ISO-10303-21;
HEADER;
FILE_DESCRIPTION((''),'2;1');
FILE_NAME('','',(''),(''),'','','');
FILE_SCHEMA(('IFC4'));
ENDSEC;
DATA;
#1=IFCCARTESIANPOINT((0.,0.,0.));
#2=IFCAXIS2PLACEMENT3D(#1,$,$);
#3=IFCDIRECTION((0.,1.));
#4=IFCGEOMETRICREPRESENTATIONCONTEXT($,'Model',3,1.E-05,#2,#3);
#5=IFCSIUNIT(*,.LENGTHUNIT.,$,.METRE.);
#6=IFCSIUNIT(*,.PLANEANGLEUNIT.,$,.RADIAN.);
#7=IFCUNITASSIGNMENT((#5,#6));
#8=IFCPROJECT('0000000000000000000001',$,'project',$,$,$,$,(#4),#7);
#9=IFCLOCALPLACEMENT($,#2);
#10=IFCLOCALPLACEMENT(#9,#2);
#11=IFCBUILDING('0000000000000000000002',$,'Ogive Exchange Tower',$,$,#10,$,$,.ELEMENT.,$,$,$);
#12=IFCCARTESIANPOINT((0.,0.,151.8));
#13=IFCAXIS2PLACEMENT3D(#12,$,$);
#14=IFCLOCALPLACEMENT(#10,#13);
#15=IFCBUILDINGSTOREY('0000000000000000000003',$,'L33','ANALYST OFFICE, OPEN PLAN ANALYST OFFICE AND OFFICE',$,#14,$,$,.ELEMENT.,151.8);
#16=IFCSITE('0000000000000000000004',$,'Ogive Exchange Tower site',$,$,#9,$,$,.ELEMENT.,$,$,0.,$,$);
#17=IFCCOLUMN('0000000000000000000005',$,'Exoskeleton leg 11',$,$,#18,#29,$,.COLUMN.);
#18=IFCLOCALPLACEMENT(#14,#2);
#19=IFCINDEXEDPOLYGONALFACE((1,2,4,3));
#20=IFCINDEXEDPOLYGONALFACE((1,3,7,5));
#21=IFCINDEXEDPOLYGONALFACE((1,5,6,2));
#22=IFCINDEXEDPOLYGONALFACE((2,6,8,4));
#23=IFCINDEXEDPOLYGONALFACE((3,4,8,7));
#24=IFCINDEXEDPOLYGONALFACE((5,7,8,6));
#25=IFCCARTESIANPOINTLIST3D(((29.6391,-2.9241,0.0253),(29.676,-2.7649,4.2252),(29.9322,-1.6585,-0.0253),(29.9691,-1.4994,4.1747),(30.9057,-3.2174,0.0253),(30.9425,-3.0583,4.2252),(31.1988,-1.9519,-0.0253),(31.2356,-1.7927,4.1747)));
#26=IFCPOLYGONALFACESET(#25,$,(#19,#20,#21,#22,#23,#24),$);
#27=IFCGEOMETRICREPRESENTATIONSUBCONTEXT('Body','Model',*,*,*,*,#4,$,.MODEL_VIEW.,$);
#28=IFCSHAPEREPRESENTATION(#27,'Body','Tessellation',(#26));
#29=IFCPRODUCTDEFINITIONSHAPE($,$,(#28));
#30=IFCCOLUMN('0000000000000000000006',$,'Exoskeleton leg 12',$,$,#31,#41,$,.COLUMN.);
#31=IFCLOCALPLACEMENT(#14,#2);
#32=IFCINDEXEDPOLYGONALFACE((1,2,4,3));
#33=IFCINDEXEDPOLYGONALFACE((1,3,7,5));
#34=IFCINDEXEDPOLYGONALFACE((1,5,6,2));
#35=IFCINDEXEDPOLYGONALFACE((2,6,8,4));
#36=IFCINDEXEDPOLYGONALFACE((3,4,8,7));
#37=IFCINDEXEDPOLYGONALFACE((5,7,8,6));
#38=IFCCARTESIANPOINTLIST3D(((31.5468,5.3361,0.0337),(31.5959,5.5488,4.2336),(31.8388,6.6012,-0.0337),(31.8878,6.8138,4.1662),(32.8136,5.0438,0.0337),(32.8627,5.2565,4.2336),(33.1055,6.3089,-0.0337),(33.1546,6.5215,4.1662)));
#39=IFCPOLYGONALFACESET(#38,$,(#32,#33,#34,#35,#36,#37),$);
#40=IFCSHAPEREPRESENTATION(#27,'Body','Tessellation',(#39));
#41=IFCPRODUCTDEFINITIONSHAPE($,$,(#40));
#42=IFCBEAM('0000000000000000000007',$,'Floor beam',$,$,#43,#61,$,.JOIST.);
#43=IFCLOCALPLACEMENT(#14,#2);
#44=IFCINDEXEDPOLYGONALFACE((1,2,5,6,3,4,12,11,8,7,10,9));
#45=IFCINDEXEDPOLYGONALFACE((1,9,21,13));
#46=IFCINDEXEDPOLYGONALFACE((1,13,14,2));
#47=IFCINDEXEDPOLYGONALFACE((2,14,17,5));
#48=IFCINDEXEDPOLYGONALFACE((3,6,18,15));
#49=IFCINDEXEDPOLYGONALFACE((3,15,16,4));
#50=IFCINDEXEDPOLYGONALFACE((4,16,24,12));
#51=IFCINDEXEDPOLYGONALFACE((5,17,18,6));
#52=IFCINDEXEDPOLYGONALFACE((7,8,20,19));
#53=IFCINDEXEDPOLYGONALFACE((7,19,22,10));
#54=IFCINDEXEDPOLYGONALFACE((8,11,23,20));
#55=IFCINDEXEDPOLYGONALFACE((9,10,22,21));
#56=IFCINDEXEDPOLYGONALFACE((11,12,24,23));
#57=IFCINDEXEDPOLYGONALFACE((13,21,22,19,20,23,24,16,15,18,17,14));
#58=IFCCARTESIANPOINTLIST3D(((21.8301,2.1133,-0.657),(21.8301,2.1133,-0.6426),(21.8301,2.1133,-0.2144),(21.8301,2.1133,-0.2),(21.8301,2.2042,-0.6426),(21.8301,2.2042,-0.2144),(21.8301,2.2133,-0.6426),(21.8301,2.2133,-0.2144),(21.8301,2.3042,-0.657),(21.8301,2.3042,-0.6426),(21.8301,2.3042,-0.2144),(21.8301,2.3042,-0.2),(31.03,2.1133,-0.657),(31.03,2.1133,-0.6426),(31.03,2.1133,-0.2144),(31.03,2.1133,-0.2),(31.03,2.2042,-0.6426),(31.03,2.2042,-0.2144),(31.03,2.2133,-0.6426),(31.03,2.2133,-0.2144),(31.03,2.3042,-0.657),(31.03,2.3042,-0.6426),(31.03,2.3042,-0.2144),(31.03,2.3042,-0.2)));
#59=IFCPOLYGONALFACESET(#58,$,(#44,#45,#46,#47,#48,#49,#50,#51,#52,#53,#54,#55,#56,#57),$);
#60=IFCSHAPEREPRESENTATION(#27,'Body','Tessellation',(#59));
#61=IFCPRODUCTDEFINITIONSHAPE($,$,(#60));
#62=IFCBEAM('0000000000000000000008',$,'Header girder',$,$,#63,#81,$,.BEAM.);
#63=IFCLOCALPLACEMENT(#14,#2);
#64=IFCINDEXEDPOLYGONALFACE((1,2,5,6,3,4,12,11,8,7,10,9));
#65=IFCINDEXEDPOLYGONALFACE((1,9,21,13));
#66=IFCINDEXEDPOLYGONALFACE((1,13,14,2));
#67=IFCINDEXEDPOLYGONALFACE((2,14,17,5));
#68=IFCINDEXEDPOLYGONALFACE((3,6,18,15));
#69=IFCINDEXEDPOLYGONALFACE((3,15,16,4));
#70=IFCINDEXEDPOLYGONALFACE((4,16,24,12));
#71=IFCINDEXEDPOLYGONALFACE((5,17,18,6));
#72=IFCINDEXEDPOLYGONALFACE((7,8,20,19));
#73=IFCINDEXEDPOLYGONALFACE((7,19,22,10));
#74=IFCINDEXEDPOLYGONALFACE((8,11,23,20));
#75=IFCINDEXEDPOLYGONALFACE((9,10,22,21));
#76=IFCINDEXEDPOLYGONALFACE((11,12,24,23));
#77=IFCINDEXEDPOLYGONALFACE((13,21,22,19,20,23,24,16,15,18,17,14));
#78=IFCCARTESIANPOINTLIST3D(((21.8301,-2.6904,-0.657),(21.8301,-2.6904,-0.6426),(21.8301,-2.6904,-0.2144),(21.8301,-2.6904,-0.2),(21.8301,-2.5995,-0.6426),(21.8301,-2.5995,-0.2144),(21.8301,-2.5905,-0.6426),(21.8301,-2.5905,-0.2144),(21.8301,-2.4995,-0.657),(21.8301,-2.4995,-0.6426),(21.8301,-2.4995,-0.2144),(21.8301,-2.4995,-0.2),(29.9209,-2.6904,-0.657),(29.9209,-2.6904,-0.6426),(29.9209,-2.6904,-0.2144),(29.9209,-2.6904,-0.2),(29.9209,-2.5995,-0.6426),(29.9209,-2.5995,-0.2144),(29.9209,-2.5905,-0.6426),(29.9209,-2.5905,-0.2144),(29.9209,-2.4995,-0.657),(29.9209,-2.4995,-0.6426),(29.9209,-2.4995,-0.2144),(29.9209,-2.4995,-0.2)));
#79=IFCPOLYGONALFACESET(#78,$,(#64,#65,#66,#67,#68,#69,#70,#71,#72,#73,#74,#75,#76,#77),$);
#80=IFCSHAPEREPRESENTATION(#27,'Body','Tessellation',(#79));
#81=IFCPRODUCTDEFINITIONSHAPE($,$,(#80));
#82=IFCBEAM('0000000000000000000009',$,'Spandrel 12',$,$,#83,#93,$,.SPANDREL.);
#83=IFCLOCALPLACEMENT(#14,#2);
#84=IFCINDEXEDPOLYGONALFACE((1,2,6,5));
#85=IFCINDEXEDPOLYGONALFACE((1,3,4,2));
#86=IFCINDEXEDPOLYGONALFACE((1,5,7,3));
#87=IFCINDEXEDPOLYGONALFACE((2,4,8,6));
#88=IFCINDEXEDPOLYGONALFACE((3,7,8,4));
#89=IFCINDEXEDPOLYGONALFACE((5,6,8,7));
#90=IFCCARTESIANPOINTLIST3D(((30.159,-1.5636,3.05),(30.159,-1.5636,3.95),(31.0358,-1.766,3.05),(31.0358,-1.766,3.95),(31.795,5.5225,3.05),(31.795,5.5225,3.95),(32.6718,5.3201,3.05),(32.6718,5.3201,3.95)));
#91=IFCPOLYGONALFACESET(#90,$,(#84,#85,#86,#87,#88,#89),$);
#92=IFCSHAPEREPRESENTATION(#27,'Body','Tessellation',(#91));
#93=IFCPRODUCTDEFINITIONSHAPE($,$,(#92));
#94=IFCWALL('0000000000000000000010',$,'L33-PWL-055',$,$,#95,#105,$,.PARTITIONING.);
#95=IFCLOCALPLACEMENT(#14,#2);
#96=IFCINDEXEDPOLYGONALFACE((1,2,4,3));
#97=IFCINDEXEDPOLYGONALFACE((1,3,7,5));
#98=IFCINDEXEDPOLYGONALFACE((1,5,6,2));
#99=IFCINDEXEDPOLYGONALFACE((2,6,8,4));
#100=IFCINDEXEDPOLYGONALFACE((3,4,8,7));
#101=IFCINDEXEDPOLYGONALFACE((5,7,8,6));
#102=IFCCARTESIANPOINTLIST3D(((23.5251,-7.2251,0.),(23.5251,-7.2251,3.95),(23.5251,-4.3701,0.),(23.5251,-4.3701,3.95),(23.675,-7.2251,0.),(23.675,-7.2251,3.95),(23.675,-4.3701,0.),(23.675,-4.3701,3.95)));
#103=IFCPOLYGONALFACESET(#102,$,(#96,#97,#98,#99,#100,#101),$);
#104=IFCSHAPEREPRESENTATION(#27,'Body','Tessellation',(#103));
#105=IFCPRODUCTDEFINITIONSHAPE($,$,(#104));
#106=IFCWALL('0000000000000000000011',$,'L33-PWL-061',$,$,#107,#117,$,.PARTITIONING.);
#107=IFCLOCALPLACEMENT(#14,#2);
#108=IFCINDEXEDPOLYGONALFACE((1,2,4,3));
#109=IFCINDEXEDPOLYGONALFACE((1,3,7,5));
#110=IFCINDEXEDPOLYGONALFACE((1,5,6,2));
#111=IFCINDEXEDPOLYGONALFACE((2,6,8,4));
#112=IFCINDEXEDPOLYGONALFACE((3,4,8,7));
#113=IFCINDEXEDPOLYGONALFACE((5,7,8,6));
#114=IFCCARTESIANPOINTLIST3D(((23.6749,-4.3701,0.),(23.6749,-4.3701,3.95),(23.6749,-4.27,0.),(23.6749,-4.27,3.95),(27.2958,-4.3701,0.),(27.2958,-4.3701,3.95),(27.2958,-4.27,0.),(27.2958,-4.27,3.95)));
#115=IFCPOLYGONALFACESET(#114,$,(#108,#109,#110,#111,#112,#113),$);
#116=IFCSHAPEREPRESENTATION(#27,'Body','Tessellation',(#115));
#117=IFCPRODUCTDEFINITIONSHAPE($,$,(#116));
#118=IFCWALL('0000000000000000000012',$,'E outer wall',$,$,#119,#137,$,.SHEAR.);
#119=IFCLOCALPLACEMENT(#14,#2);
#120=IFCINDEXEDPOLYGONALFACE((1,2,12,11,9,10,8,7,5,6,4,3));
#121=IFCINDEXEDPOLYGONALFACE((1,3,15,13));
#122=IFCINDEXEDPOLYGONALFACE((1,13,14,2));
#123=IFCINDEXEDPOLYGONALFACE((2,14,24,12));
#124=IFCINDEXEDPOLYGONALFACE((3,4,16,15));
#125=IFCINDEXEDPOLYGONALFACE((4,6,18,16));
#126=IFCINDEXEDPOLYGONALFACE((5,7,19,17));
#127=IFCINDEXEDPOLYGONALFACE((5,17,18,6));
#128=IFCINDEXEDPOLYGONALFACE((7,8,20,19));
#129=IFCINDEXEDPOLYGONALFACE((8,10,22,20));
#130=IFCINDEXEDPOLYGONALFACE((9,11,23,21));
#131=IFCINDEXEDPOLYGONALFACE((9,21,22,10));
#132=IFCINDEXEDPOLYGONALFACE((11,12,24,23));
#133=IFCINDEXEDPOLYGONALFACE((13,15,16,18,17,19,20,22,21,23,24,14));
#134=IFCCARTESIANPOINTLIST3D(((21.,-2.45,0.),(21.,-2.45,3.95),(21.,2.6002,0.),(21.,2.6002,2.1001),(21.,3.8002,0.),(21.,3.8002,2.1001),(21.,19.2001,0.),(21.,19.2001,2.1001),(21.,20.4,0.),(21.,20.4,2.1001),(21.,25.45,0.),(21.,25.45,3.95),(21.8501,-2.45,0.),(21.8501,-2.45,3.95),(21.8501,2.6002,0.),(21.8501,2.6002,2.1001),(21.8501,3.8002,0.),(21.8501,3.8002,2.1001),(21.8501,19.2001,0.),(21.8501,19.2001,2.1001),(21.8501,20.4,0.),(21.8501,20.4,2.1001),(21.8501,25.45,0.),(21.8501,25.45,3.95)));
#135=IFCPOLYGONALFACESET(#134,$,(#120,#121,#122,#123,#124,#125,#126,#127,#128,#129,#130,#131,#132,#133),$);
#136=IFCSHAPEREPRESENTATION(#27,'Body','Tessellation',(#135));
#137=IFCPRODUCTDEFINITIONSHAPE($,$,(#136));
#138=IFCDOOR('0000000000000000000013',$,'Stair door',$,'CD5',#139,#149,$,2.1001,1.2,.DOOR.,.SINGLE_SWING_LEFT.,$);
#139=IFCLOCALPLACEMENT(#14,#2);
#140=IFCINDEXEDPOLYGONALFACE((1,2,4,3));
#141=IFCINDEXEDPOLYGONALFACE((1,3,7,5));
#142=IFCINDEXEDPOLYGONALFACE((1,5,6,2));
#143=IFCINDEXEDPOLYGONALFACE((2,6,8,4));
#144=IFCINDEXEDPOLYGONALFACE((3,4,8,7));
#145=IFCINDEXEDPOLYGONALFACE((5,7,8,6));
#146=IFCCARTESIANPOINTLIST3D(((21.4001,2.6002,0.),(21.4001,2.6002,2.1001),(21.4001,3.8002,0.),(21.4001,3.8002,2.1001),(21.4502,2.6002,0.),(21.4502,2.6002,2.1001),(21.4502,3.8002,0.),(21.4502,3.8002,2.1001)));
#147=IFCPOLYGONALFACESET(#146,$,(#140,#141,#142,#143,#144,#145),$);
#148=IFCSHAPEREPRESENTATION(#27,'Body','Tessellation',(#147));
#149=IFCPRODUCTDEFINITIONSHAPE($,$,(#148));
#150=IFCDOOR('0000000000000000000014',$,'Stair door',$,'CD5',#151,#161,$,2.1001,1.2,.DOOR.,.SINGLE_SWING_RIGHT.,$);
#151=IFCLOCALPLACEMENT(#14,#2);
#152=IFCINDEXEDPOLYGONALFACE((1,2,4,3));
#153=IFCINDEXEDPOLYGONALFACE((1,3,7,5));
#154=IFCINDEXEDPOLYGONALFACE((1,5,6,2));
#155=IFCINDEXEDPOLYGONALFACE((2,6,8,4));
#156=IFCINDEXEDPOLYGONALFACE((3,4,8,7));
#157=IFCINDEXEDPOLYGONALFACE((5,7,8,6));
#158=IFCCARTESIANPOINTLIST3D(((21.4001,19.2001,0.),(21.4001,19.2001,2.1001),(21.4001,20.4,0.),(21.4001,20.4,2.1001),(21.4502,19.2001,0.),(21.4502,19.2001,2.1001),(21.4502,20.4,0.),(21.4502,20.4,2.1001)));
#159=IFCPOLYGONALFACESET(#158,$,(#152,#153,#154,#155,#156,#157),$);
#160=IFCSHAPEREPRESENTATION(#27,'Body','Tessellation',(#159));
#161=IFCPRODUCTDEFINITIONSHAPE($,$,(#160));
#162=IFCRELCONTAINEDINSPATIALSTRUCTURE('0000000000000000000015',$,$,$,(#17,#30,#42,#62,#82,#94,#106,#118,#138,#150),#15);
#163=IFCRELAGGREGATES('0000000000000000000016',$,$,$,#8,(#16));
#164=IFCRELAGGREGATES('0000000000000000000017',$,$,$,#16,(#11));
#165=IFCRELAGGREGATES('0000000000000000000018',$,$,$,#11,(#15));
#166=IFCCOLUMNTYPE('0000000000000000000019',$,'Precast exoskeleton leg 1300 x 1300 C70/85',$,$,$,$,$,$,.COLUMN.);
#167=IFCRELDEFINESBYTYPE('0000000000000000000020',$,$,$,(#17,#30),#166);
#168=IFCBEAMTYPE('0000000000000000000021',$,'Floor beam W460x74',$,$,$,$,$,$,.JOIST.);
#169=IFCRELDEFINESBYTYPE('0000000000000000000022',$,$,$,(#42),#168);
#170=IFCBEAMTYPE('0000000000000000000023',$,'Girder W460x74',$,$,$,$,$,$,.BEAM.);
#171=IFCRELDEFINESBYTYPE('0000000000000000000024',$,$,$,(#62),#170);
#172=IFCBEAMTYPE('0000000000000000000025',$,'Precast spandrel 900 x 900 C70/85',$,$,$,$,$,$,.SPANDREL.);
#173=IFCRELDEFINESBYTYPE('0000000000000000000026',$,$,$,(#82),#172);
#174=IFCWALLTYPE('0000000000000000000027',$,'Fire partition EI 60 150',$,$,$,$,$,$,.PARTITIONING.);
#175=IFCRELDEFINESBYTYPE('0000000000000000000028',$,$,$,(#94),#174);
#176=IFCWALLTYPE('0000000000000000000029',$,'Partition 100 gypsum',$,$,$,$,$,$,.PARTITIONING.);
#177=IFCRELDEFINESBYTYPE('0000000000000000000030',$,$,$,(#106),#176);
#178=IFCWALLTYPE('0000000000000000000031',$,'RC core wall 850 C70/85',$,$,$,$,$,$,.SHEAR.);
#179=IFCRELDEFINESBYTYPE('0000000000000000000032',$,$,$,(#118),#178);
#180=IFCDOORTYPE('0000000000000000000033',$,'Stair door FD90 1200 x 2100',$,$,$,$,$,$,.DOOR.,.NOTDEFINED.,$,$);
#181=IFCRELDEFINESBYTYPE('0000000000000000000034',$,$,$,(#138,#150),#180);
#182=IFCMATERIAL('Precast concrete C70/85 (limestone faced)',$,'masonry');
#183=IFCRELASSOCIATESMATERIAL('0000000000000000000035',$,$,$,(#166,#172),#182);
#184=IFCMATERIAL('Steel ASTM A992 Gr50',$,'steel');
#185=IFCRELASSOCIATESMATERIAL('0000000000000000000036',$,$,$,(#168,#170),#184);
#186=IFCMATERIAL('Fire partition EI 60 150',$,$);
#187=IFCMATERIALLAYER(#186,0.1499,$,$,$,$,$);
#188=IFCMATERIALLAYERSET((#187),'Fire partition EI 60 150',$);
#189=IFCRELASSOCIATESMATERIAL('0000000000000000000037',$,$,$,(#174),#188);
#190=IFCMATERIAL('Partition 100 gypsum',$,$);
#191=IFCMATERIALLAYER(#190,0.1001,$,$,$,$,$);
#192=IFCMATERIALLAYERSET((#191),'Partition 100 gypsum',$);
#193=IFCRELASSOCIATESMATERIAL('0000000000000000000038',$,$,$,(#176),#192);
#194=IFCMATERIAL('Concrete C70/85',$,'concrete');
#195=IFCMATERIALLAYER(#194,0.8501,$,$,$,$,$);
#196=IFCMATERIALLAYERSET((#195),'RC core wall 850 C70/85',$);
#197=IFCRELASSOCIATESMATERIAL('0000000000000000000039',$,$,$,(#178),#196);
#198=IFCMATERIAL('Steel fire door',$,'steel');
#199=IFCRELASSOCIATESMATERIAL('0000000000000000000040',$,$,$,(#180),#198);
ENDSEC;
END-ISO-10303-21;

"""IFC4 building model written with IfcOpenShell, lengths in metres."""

from ifc_helpers import new_model, si_unit, direction, frame, frame_2d, origin, origin_2d, place, context, subcontext, project, spatial, rectangle, i_section, extrude, material, layer, layer_set, material_profile, profile_set, type_object, element, fill, save


model = new_model("IFC4")

# Units and contexts
model_context = context("Model", 3, precision=1e-05, world=origin(), true_north=direction((0.0, 1.0)))
body_context = subcontext(model_context, "Body", "Model", "MODEL_VIEW")
ifc_project = project(units=[si_unit("LENGTHUNIT", "METRE"), si_unit("PLANEANGLEUNIT", "RADIAN")], contexts=[model_context])

# Site, building, storey
site_placement = place(None, origin())
site = spatial("IfcSite", under=ifc_project, at=site_placement, Name="Ogive Exchange Tower site", CompositionType="ELEMENT", RefElevation=0.0)
building_placement = place(site_placement, origin())
building = spatial("IfcBuilding", under=site, at=building_placement, Name="Ogive Exchange Tower", CompositionType="ELEMENT")
storey_placement = place(building_placement, frame((0.0, 0.0, 151.8)))
storey = spatial("IfcBuildingStorey", under=building, at=storey_placement, Name="L33", Description="ANALYST OFFICE, OPEN PLAN ANALYST OFFICE AND OFFICE", CompositionType="ELEMENT", Elevation=151.8)

# Columns
ifc_material_1 = material(Name="Precast concrete C70/85 (limestone faced)", Category="masonry")
ifc_material_profile_1 = material_profile(ifc_material_1, rectangle(XDim=1.3, YDim=1.3, at=origin_2d()), Name="1300 x 1300")
ifc_profile_set_1 = profile_set([ifc_material_profile_1], Name="Precast concrete C70/85 (limestone faced)")
column_type = type_object("IfcColumnType", Name="Precast exoskeleton leg 1300 x 1300 C70/85", PredefinedType="COLUMN", material=ifc_profile_set_1)
column_1_placement = place(storey_placement, frame((30.4189, -2.438, 0.0), z_axis=(0.008771, 0.037872, 0.999244), x_axis=(-0.974215, 0.225623, 0.0)))
element("IfcColumn", 1, at=column_1_placement, inside=storey, type_object=column_type, Name="Exoskeleton leg 11", PredefinedType="COLUMN", context=body_context, shape_type="SweptSolid", body=[
    extrude(rectangle(XDim=1.3, YDim=1.3, at=origin_2d()), origin(), (0.0, 0.0, 1.0), 4.2031),
])
column_2_placement = place(storey_placement, frame((32.3262, 5.8225, 0.0), z_axis=(0.011668, 0.050562, 0.998653), x_axis=(-0.974391, 0.22486, 0.0)))
element("IfcColumn", 2, at=column_2_placement, inside=storey, type_object=column_type, Name="Exoskeleton leg 12", PredefinedType="COLUMN", context=body_context, shape_type="SweptSolid", body=[
    extrude(rectangle(XDim=1.3, YDim=1.3, at=origin_2d()), origin(), (0.0, 0.0, 1.0), 4.2056),
])

# Beams
ifc_material_2 = material(Name="Steel ASTM A992 Gr50", Category="steel")
ifc_material_profile_2 = material_profile(ifc_material_2, i_section(OverallWidth=0.1909, OverallDepth=0.457, WebThickness=0.009, FlangeThickness=0.0144, at=origin_2d()), Name="W460x74")
ifc_profile_set_2 = profile_set([ifc_material_profile_2], Name="Steel ASTM A992 Gr50")
beam_type_1 = type_object("IfcBeamType", Name="Floor beam W460x74", PredefinedType="JOIST", material=ifc_profile_set_2)
beam_1_placement = place(storey_placement, frame((21.8301, 2.2087, -0.4285), z_axis=(1.0, 0.0, 0.0), x_axis=(0.0, 1.0, 0.0)))
element("IfcBeam", 3, at=beam_1_placement, inside=storey, type_object=beam_type_1, Name="Floor beam", PredefinedType="JOIST", context=body_context, shape_type="SweptSolid", body=[
    extrude(i_section(OverallWidth=0.1909, OverallDepth=0.457, WebThickness=0.009, FlangeThickness=0.0144, at=origin_2d()), origin(), (0.0, 0.0, 1.0), 9.2),
])
ifc_material_profile_3 = material_profile(ifc_material_2, i_section(OverallWidth=0.1909, OverallDepth=0.457, WebThickness=0.009, FlangeThickness=0.0144, at=origin_2d()), Name="W460x74")
ifc_profile_set_3 = profile_set([ifc_material_profile_3], Name="Steel ASTM A992 Gr50")
beam_type_2 = type_object("IfcBeamType", Name="Girder W460x74", PredefinedType="BEAM", material=ifc_profile_set_3)
beam_2_placement = place(storey_placement, frame((21.8301, -2.595, -0.4285), z_axis=(1.0, 0.0, 0.0), x_axis=(0.0, 1.0, 0.0)))
element("IfcBeam", 4, at=beam_2_placement, inside=storey, type_object=beam_type_2, Name="Header girder", PredefinedType="BEAM", context=body_context, shape_type="SweptSolid", body=[
    extrude(i_section(OverallWidth=0.1909, OverallDepth=0.457, WebThickness=0.009, FlangeThickness=0.0144, at=origin_2d()), origin(), (0.0, 0.0, 1.0), 8.0908),
])
ifc_material_profile_4 = material_profile(ifc_material_1, rectangle(XDim=0.8999, YDim=0.8999, at=origin_2d()), Name="900 x 900")
ifc_profile_set_4 = profile_set([ifc_material_profile_4], Name="Precast concrete C70/85 (limestone faced)")
beam_type_3 = type_object("IfcBeamType", Name="Precast spandrel 900 x 900 C70/85", PredefinedType="SPANDREL", material=ifc_profile_set_4)
beam_3_placement = place(storey_placement, frame((30.5974, -1.6648, 3.5), z_axis=(0.224953, 0.97437, 0.0), x_axis=(-0.97437, 0.224953, 0.0)))
element("IfcBeam", 5, at=beam_3_placement, inside=storey, type_object=beam_type_3, Name="Spandrel 12", PredefinedType="SPANDREL", context=body_context, shape_type="SweptSolid", body=[
    extrude(rectangle(XDim=0.8999, YDim=0.8999, at=origin_2d()), origin(), (0.0, 0.0, 1.0), 7.2725),
])

# Walls
ifc_material_3 = material(Name="Fire partition EI 60 150")
ifc_layer_1 = layer(ifc_material_3, 0.1499)
ifc_layer_set_1 = layer_set([ifc_layer_1], Name="Fire partition EI 60 150")
wall_type_1 = type_object("IfcWallType", Name="Fire partition EI 60 150", PredefinedType="PARTITIONING", material=ifc_layer_set_1)
wall_1_placement = place(storey_placement, frame((23.6001, -4.3701, 0.0), z_axis=(0.0, 0.0, 1.0), x_axis=(0.0, -1.0, 0.0)))
element("IfcWall", 6, at=wall_1_placement, inside=storey, type_object=wall_type_1, Name="L33-PWL-055", PredefinedType="PARTITIONING", context=body_context, shape_type="SweptSolid", body=[
    extrude(rectangle(XDim=2.855, YDim=0.1499, at=frame_2d((1.4275, 0.0))), origin(), (0.0, 0.0, 1.0), 3.95),
])
ifc_material_4 = material(Name="Partition 100 gypsum")
ifc_layer_2 = layer(ifc_material_4, 0.1001)
ifc_layer_set_2 = layer_set([ifc_layer_2], Name="Partition 100 gypsum")
wall_type_2 = type_object("IfcWallType", Name="Partition 100 gypsum", PredefinedType="PARTITIONING", material=ifc_layer_set_2)
wall_2_placement = place(storey_placement, frame((27.2959, -4.3201, 0.0), z_axis=(0.0, 0.0, 1.0), x_axis=(-1.0, 0.0, 0.0)))
element("IfcWall", 7, at=wall_2_placement, inside=storey, type_object=wall_type_2, Name="L33-PWL-061", PredefinedType="PARTITIONING", context=body_context, shape_type="SweptSolid", body=[
    extrude(rectangle(XDim=3.6208, YDim=0.1001, at=frame_2d((1.8105, 0.0))), origin(), (0.0, 0.0, 1.0), 3.95),
])

# Wall, openings, doors
ifc_material_5 = material(Name="Concrete C70/85", Category="concrete")
ifc_layer_3 = layer(ifc_material_5, 0.8501)
ifc_layer_set_3 = layer_set([ifc_layer_3], Name="RC core wall 850 C70/85")
wall_type_3 = type_object("IfcWallType", Name="RC core wall 850 C70/85", PredefinedType="SHEAR", material=ifc_layer_set_3)
wall_3_placement = place(storey_placement, frame((21.425, -2.45, 0.0), z_axis=(0.0, 0.0, 1.0), x_axis=(0.0, 1.0, 0.0)))
wall_3 = element("IfcWall", 8, at=wall_3_placement, inside=storey, type_object=wall_type_3, Name="E outer wall", PredefinedType="SHEAR", context=body_context, shape_type="SweptSolid", body=[
    extrude(rectangle(XDim=27.8999, YDim=0.8501, at=frame_2d((13.95, 0.0))), origin(), (0.0, 0.0, 1.0), 3.95),
])
opening_1_placement = place(wall_3_placement, frame((5.05, 0.0, 0.0)))
opening_1 = element("IfcOpeningElement", 9, at=opening_1_placement, cuts=wall_3, PredefinedType="OPENING", context=body_context, shape_type="SweptSolid", body=[
    extrude(rectangle(XDim=1.2, YDim=2.1001, at=frame_2d((0.6001, 1.05))), frame((0.0, 0.4351, 0.0), z_axis=(0.0, -1.0, 0.0), x_axis=(1.0, 0.0, 0.0)), (0.0, 0.0, 1.0), 0.8701),
])
opening_2_placement = place(wall_3_placement, frame((21.6499, 0.0, 0.0)))
opening_2 = element("IfcOpeningElement", 10, at=opening_2_placement, cuts=wall_3, PredefinedType="OPENING", context=body_context, shape_type="SweptSolid", body=[
    extrude(rectangle(XDim=1.2, YDim=2.1001, at=frame_2d((0.6001, 1.05))), frame((0.0, 0.4351, 0.0), z_axis=(0.0, -1.0, 0.0), x_axis=(1.0, 0.0, 0.0)), (0.0, 0.0, 1.0), 0.8701),
])
ifc_material_6 = material(Name="Steel fire door", Category="steel")
door_type = type_object("IfcDoorType", Name="Stair door FD90 1200 x 2100", OperationType="NOTDEFINED", PredefinedType="DOOR", material=ifc_material_6)
door_1_placement = place(opening_1_placement, origin())
door_1 = element("IfcDoor", 11, at=door_1_placement, inside=storey, type_object=door_type, Name="Stair door", ObjectType="CD5", OperationType="SINGLE_SWING_LEFT", OverallHeight=2.1001, OverallWidth=1.2, PredefinedType="DOOR", context=body_context, shape_type="SweptSolid", body=[
    extrude(rectangle(XDim=1.2, YDim=2.1001, at=frame_2d((0.6001, 1.05))), frame((0.0, 0.0249, 0.0), z_axis=(0.0, -1.0, 0.0), x_axis=(1.0, 0.0, 0.0)), (0.0, 0.0, 1.0), 0.05),
])
fill(opening_1, door_1)
door_2_placement = place(opening_2_placement, origin())
door_2 = element("IfcDoor", 12, at=door_2_placement, inside=storey, type_object=door_type, Name="Stair door", ObjectType="CD5", OperationType="SINGLE_SWING_RIGHT", OverallHeight=2.1001, OverallWidth=1.2, PredefinedType="DOOR", context=body_context, shape_type="SweptSolid", body=[
    extrude(rectangle(XDim=1.2, YDim=2.1001, at=frame_2d((0.6001, 1.05))), frame((0.0, 0.0249, 0.0), z_axis=(0.0, -1.0, 0.0), x_axis=(1.0, 0.0, 0.0)), (0.0, 0.0, 1.0), 0.05),
])
fill(opening_2, door_2)

save(model, "model.ifc")
